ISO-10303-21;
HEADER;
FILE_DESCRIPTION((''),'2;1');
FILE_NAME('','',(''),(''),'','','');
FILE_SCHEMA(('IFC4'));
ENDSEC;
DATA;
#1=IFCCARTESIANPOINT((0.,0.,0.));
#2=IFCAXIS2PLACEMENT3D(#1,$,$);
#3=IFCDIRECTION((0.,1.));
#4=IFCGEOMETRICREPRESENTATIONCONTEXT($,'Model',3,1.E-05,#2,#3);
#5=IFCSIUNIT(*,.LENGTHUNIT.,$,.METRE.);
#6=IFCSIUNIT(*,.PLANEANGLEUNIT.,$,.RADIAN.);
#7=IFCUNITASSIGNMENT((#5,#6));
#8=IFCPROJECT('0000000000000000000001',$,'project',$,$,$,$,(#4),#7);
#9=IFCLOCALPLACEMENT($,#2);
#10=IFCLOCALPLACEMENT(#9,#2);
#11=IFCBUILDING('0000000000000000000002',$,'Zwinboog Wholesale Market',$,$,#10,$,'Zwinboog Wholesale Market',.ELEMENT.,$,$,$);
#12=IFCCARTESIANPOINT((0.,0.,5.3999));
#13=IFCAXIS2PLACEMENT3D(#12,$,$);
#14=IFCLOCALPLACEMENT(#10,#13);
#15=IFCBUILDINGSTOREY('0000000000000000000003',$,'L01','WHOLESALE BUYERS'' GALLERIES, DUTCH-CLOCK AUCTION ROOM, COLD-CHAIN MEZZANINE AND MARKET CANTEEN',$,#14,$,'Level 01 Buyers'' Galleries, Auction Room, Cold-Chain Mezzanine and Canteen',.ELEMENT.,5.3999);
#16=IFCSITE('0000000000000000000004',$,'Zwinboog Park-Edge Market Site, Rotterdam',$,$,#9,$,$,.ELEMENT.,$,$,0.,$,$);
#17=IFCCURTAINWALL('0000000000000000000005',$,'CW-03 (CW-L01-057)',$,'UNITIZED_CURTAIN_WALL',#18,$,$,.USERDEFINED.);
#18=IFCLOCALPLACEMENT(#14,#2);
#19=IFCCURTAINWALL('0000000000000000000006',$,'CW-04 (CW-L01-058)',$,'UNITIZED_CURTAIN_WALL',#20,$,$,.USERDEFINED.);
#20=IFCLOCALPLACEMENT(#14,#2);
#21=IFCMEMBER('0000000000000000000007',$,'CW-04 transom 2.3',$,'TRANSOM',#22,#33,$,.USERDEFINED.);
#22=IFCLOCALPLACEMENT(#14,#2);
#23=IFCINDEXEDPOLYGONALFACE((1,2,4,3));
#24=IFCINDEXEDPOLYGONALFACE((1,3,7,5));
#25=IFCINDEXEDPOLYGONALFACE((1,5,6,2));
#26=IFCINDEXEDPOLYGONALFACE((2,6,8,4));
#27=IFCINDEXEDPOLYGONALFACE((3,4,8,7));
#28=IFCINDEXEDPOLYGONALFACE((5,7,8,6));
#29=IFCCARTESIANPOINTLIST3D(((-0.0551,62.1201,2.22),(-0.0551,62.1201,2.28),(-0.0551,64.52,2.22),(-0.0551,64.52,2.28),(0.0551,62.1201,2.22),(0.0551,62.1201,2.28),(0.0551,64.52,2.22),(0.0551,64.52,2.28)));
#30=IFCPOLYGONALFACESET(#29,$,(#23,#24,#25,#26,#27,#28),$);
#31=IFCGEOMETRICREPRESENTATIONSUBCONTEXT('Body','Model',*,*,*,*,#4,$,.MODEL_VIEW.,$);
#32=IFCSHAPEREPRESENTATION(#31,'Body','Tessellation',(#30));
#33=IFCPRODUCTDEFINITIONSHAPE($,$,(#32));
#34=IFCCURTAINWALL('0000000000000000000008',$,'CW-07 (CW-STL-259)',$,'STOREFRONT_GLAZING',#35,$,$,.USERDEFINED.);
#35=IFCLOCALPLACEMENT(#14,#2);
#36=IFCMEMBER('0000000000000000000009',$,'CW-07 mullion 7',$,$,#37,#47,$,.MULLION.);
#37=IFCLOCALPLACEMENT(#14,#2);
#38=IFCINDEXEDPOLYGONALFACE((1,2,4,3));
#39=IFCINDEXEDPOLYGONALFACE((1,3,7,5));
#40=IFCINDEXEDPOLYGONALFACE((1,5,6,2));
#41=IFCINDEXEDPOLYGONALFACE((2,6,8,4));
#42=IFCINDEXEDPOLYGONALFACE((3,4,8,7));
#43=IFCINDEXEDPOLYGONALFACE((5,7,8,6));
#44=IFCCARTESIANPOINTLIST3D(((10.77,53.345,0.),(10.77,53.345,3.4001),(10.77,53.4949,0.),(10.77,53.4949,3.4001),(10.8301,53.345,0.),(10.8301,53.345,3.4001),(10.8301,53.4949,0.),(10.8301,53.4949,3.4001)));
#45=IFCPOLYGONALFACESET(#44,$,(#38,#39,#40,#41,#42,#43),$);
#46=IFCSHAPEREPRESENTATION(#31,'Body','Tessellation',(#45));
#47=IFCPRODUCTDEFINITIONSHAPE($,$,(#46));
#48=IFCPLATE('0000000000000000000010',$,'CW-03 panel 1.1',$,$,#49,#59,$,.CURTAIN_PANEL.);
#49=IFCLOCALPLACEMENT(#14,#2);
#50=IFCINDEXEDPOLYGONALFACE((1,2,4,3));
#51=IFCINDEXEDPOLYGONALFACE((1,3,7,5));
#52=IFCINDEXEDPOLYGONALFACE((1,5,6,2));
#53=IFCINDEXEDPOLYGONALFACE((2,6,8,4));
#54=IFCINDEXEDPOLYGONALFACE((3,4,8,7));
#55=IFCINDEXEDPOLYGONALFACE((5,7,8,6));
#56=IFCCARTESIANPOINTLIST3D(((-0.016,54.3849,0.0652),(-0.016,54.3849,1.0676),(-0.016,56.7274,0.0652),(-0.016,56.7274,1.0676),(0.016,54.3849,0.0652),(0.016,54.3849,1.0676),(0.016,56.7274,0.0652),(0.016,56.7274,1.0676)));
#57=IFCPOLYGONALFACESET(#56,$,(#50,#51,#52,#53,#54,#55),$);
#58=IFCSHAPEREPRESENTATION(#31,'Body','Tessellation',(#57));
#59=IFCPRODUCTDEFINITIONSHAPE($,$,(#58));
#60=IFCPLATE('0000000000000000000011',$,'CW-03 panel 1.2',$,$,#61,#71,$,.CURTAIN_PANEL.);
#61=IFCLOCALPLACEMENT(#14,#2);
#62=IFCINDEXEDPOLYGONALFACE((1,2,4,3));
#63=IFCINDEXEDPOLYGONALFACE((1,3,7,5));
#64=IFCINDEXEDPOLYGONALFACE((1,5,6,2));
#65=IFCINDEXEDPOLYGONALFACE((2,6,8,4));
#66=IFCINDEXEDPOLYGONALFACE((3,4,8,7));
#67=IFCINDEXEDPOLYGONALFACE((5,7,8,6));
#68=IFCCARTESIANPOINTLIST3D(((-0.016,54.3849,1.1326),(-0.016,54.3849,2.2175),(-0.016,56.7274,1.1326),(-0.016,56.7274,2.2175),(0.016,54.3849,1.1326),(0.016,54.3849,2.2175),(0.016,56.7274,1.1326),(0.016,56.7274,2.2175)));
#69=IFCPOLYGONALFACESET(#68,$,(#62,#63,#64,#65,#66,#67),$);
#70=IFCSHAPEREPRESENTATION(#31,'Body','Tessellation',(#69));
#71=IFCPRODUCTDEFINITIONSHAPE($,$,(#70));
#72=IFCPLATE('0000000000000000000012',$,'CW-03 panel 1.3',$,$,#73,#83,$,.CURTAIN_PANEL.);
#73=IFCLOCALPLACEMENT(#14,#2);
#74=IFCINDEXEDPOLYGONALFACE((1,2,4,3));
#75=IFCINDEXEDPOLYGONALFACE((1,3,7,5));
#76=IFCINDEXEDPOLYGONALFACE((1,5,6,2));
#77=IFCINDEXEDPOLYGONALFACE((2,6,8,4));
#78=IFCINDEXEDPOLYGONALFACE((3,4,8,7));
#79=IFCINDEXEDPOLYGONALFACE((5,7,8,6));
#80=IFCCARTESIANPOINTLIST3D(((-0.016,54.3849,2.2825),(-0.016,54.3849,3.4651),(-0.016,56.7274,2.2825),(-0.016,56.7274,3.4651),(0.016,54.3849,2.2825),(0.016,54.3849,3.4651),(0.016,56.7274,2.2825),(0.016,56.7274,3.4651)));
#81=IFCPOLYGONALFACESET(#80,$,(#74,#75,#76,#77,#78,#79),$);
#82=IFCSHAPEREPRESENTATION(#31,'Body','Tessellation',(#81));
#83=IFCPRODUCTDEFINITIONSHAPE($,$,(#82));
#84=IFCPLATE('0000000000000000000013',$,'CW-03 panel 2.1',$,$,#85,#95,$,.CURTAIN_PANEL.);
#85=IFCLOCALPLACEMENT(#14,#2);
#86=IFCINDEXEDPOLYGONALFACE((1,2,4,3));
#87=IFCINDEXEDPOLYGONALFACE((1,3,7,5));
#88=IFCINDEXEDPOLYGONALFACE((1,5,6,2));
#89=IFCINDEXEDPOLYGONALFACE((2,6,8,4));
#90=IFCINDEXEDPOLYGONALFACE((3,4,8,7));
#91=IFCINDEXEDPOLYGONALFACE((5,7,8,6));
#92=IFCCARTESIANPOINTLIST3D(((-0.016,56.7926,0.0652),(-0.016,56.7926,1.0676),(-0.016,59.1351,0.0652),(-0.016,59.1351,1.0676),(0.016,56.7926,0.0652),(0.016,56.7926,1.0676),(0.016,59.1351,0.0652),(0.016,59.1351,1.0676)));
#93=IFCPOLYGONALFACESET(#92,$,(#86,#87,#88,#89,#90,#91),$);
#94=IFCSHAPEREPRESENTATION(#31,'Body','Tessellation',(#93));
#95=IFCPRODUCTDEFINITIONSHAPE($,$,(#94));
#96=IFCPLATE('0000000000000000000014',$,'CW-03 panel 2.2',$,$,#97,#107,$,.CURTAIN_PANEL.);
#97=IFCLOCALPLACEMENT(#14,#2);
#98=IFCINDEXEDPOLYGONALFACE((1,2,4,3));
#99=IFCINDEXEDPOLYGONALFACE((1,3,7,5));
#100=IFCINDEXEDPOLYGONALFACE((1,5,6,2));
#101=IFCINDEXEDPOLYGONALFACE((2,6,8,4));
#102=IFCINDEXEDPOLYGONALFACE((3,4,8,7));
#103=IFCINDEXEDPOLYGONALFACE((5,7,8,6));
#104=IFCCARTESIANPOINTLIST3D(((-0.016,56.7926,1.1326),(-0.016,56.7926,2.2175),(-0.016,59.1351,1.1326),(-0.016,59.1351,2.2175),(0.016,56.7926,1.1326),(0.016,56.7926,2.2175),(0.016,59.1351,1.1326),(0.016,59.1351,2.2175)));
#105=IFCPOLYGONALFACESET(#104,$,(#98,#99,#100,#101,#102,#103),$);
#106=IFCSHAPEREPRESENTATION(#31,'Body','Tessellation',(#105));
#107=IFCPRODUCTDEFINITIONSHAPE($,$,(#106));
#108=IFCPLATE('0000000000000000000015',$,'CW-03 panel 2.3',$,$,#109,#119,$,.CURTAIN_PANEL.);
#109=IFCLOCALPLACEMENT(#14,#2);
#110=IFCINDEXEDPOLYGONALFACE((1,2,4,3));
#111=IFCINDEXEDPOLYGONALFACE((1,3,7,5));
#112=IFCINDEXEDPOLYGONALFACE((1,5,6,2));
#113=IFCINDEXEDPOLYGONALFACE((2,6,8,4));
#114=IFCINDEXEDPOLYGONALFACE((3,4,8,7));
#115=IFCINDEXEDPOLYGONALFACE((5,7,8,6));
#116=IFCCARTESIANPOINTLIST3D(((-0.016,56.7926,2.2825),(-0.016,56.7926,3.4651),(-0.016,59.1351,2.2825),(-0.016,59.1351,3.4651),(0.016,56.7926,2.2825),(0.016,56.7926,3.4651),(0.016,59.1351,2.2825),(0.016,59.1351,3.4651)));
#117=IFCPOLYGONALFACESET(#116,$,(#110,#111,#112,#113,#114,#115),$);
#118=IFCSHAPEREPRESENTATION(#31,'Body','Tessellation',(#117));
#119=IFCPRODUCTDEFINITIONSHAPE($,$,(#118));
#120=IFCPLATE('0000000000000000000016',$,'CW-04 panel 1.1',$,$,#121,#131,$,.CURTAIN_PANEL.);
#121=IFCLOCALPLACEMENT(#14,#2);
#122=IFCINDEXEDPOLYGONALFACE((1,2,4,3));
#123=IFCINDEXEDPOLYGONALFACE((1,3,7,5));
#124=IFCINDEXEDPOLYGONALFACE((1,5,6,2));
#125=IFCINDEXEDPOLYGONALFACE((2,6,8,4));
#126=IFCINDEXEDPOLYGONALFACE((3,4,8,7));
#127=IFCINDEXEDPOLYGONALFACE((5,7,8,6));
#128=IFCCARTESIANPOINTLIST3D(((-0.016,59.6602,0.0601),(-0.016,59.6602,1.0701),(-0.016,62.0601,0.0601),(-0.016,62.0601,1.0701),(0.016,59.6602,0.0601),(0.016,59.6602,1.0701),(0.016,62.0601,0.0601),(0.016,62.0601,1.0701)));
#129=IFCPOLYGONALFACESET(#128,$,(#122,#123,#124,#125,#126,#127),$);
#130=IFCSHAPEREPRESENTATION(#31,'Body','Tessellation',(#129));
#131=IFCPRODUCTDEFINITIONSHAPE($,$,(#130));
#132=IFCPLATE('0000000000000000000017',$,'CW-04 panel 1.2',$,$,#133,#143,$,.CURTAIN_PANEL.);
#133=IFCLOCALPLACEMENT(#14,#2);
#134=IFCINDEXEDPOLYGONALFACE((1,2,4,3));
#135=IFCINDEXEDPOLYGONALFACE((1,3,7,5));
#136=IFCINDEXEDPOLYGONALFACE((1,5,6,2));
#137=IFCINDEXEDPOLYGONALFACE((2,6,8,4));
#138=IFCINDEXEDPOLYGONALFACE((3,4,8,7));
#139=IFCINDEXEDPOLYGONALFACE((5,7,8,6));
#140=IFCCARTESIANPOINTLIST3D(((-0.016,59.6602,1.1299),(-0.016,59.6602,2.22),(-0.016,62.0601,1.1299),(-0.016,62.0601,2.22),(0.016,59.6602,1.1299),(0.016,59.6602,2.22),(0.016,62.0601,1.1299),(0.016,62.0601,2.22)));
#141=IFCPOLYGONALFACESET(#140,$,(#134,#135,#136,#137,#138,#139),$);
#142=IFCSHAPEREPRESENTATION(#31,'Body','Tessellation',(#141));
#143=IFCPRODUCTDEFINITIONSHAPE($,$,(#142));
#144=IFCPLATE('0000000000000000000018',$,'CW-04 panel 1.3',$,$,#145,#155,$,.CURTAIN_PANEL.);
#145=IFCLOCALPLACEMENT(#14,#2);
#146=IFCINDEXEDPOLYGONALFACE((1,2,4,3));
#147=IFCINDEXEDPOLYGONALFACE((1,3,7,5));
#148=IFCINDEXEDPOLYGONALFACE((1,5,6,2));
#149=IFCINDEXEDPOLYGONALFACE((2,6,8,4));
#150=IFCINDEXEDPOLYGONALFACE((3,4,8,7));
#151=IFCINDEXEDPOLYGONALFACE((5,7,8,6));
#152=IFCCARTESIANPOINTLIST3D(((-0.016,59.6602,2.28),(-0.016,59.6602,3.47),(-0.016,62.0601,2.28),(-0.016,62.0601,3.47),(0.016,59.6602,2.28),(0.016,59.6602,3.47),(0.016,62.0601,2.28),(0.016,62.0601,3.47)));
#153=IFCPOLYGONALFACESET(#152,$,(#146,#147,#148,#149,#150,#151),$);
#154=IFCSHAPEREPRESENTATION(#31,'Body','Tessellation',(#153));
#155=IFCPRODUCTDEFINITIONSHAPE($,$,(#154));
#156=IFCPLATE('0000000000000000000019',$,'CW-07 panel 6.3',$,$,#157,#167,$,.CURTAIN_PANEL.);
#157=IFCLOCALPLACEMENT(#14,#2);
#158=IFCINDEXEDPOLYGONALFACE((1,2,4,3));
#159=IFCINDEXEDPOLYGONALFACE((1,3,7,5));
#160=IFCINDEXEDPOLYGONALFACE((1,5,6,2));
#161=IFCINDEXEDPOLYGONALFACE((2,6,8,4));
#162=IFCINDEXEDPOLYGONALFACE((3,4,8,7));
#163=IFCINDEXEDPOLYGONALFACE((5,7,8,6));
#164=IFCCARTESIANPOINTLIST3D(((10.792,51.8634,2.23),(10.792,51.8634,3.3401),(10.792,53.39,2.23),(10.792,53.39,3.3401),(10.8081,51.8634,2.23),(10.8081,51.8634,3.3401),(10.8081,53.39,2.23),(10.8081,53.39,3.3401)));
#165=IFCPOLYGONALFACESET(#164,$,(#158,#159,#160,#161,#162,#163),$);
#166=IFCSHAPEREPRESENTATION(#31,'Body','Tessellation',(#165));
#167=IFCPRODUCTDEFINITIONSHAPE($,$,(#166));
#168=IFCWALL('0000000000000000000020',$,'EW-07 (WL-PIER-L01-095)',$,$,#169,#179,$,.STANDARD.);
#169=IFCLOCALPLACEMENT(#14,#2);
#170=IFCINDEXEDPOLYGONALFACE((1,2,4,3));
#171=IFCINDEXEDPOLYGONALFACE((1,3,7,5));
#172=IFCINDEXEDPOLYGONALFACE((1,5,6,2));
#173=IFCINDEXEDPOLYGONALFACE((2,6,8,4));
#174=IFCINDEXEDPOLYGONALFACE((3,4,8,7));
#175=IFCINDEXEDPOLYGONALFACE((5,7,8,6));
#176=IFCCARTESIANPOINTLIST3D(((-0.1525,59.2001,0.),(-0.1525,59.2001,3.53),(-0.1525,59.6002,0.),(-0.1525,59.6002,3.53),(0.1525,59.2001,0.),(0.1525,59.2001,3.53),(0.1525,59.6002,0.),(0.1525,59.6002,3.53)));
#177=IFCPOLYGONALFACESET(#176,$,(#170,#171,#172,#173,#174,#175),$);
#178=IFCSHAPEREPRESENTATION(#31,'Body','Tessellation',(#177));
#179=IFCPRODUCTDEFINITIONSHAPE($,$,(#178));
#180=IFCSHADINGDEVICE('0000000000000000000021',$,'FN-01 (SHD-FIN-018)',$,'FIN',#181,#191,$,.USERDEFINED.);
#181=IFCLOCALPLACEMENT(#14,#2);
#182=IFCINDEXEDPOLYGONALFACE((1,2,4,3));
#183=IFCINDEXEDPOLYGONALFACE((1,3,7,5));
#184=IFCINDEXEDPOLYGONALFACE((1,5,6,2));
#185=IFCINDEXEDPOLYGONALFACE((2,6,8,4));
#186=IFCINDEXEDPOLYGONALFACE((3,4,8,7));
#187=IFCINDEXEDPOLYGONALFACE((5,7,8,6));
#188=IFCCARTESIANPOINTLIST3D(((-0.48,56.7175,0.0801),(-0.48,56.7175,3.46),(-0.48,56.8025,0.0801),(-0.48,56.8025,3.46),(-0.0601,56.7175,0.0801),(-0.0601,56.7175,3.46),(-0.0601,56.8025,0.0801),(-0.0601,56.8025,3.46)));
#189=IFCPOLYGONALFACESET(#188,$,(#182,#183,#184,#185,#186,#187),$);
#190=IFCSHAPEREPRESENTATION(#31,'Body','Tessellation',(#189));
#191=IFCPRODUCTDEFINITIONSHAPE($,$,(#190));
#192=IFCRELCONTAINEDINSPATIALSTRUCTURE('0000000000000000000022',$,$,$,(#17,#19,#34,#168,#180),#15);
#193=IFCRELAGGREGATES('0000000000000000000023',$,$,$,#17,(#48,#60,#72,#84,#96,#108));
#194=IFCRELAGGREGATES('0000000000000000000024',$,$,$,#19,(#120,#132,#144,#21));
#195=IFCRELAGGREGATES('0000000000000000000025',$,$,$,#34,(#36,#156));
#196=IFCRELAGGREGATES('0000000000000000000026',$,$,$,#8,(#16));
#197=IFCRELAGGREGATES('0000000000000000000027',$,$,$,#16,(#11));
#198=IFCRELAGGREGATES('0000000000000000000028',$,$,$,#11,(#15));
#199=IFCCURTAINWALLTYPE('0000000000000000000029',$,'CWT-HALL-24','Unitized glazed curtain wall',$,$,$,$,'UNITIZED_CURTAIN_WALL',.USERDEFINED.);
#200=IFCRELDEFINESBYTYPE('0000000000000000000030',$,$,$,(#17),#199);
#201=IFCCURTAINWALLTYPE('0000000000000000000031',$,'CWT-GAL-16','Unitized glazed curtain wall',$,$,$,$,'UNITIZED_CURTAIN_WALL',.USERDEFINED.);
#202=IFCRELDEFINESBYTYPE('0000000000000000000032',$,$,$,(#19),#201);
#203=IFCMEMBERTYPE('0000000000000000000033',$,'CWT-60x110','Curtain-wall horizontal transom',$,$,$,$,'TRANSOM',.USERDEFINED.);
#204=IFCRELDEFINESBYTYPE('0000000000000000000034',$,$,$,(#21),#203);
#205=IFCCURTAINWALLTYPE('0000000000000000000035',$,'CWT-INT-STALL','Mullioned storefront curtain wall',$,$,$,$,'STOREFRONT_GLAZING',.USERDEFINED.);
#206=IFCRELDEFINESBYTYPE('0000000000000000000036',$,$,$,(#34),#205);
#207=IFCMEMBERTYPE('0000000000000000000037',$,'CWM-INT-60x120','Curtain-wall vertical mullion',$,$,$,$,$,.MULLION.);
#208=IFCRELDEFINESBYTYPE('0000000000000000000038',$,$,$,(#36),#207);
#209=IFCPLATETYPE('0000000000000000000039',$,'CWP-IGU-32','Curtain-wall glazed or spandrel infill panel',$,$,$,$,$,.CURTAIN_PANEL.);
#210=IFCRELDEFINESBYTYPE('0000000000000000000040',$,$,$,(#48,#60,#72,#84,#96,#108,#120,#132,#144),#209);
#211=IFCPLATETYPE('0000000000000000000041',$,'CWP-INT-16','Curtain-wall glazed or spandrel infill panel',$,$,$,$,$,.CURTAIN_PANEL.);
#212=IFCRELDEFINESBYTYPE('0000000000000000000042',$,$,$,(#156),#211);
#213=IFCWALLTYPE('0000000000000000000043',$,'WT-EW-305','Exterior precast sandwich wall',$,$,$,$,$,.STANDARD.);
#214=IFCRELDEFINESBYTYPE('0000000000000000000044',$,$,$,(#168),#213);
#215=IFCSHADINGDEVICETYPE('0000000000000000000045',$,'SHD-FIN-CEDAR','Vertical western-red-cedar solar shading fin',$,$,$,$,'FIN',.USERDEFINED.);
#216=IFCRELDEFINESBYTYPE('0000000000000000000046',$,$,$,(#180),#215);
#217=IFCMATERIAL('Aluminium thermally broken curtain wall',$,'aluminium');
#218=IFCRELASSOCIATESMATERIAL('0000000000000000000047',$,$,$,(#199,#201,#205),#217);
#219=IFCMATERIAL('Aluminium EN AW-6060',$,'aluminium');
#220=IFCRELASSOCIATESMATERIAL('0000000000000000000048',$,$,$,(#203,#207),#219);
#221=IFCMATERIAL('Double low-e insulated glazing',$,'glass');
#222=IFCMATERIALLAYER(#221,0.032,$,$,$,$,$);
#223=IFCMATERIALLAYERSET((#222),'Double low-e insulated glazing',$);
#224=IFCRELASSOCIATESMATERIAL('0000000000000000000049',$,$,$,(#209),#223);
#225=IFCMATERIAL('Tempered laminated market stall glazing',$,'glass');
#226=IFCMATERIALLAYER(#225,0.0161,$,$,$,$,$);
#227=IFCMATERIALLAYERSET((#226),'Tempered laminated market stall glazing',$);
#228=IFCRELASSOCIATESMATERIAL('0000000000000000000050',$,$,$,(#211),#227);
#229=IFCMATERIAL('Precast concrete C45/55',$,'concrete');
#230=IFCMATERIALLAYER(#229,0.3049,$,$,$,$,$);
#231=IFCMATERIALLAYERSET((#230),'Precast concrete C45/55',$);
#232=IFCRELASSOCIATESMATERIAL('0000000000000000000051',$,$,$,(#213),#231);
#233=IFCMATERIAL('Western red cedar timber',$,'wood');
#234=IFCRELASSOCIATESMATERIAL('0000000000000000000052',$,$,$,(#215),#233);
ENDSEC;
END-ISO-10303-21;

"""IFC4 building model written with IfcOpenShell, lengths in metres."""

from ifc_helpers import new_model, si_unit, direction, frame, frame_2d, origin, origin_2d, place, context, subcontext, project, spatial, rectangle, extrude, material, layer, layer_set, material_profile, profile_set, type_object, element, aggregate, save


model = new_model("IFC4")

# Units and contexts
model_context = context("Model", 3, precision=1e-05, world=origin(), true_north=direction((0.0, 1.0)))
body_context = subcontext(model_context, "Body", "Model", "MODEL_VIEW")
ifc_project = project(units=[si_unit("LENGTHUNIT", "METRE"), si_unit("PLANEANGLEUNIT", "RADIAN")], contexts=[model_context])

# Site, building, storey
site_placement = place(None, origin())
site = spatial("IfcSite", under=ifc_project, at=site_placement, Name="Zwinboog Park-Edge Market Site, Rotterdam", CompositionType="ELEMENT", RefElevation=0.0)
building_placement = place(site_placement, origin())
building = spatial("IfcBuilding", under=site, at=building_placement, Name="Zwinboog Wholesale Market", LongName="Zwinboog Wholesale Market", CompositionType="ELEMENT")
storey_placement = place(building_placement, frame((0.0, 0.0, 5.3999)))
storey = spatial("IfcBuildingStorey", under=building, at=storey_placement, Name="L01", Description="WHOLESALE BUYERS' GALLERIES, DUTCH-CLOCK AUCTION ROOM, COLD-CHAIN MEZZANINE AND MARKET CANTEEN", LongName="Level 01 Buyers' Galleries, Auction Room, Cold-Chain Mezzanine and Canteen", CompositionType="ELEMENT", Elevation=5.3999)

# Shared definitions
ifc_material_1 = material(Name="Precast concrete C45/55", Category="concrete")

# Curtain walls
ifc_material_2 = material(Name="Aluminium thermally broken curtain wall", Category="aluminium")
curtain_wall_type_1 = type_object("IfcCurtainWallType", Name="CWT-HALL-24", Description="Unitized glazed curtain wall", ElementType="UNITIZED_CURTAIN_WALL", PredefinedType="USERDEFINED", material=ifc_material_2)
curtain_wall_1_placement = place(storey_placement, origin())
curtain_wall_1 = element("IfcCurtainWall", 1, at=curtain_wall_1_placement, inside=storey, type_object=curtain_wall_type_1, Name="CW-03 (CW-L01-057)", ObjectType="UNITIZED_CURTAIN_WALL", PredefinedType="USERDEFINED")
ifc_material_3 = material(Name="Aluminium EN AW-6060", Category="aluminium")
curtain_wall_type_2 = type_object("IfcCurtainWallType", Name="CWT-GAL-16", Description="Unitized glazed curtain wall", ElementType="UNITIZED_CURTAIN_WALL", PredefinedType="USERDEFINED", material=ifc_material_2)
curtain_wall_2_placement = place(storey_placement, origin())
curtain_wall_2 = element("IfcCurtainWall", 2, at=curtain_wall_2_placement, inside=storey, type_object=curtain_wall_type_2, Name="CW-04 (CW-L01-058)", ObjectType="UNITIZED_CURTAIN_WALL", PredefinedType="USERDEFINED")

# Member
ifc_material_profile_1 = material_profile(ifc_material_3, rectangle(XDim=0.1101, YDim=0.0601, at=origin_2d()), Name="AL 60x110")
ifc_profile_set_1 = profile_set([ifc_material_profile_1], Name="Aluminium EN AW-6060")
member_type_1 = type_object("IfcMemberType", Name="CWT-60x110", Description="Curtain-wall horizontal transom", ElementType="TRANSOM", PredefinedType="USERDEFINED", material=ifc_profile_set_1)
member_1_placement = place(storey_placement, frame((0.0, 62.1201, 2.25), z_axis=(0.0, 1.0, 0.0), x_axis=(-1.0, 0.0, 0.0)))
member_1 = element("IfcMember", 3, at=member_1_placement, type_object=member_type_1, Name="CW-04 transom 2.3", ObjectType="TRANSOM", PredefinedType="USERDEFINED", context=body_context, shape_type="SweptSolid", body=[
    extrude(rectangle(XDim=0.1101, YDim=0.0601, at=origin_2d()), origin(), (0.0, 0.0, 1.0), 2.3999),
])

# Curtain wall, member
curtain_wall_type_3 = type_object("IfcCurtainWallType", Name="CWT-INT-STALL", Description="Mullioned storefront curtain wall", ElementType="STOREFRONT_GLAZING", PredefinedType="USERDEFINED", material=ifc_material_2)
curtain_wall_3_placement = place(storey_placement, origin())
curtain_wall_3 = element("IfcCurtainWall", 4, at=curtain_wall_3_placement, inside=storey, type_object=curtain_wall_type_3, Name="CW-07 (CW-STL-259)", ObjectType="STOREFRONT_GLAZING", PredefinedType="USERDEFINED")
ifc_material_profile_2 = material_profile(ifc_material_3, rectangle(XDim=0.0601, YDim=0.1499, at=origin_2d()), Name="AL 60x150")
ifc_profile_set_2 = profile_set([ifc_material_profile_2], Name="Aluminium EN AW-6060")
member_type_2 = type_object("IfcMemberType", Name="CWM-INT-60x120", Description="Curtain-wall vertical mullion", PredefinedType="MULLION", material=ifc_profile_set_2)
member_2_placement = place(storey_placement, frame((10.8, 53.4199, 0.0), z_axis=(0.0, 0.0, 1.0), x_axis=(-1.0, 0.0, 0.0)))
member_2 = element("IfcMember", 5, at=member_2_placement, type_object=member_type_2, Name="CW-07 mullion 7", PredefinedType="MULLION", context=body_context, shape_type="SweptSolid", body=[
    extrude(rectangle(XDim=0.0601, YDim=0.1499, at=origin_2d()), origin(), (0.0, 0.0, 1.0), 3.4001),
])

# Plates
ifc_material_4 = material(Name="Double low-e insulated glazing", Category="glass")
ifc_layer_1 = layer(ifc_material_4, 0.032)
ifc_layer_set_1 = layer_set([ifc_layer_1], Name="Double low-e insulated glazing")
plate_type_1 = type_object("IfcPlateType", Name="CWP-IGU-32", Description="Curtain-wall glazed or spandrel infill panel", PredefinedType="CURTAIN_PANEL", material=ifc_layer_set_1)
plate_1_placement = place(storey_placement, frame((0.0, 55.5562, 0.0652), z_axis=(0.0, 0.0, 1.0), x_axis=(0.0, 1.0, 0.0)))
plate_1 = element("IfcPlate", 6, at=plate_1_placement, type_object=plate_type_1, Name="CW-03 panel 1.1", PredefinedType="CURTAIN_PANEL", context=body_context, shape_type="SweptSolid", body=[
    extrude(rectangle(XDim=2.3425, YDim=0.032, at=origin_2d()), origin(), (0.0, 0.0, 1.0), 1.0024),
])
plate_2_placement = place(storey_placement, frame((0.0, 55.5562, 1.1326), z_axis=(0.0, 0.0, 1.0), x_axis=(0.0, 1.0, 0.0)))
plate_2 = element("IfcPlate", 7, at=plate_2_placement, type_object=plate_type_1, Name="CW-03 panel 1.2", PredefinedType="CURTAIN_PANEL", context=body_context, shape_type="SweptSolid", body=[
    extrude(rectangle(XDim=2.3425, YDim=0.032, at=origin_2d()), origin(), (0.0, 0.0, 1.0), 1.085),
])
plate_3_placement = place(storey_placement, frame((0.0, 55.5562, 2.2825), z_axis=(0.0, 0.0, 1.0), x_axis=(0.0, 1.0, 0.0)))
plate_3 = element("IfcPlate", 8, at=plate_3_placement, type_object=plate_type_1, Name="CW-03 panel 1.3", PredefinedType="CURTAIN_PANEL", context=body_context, shape_type="SweptSolid", body=[
    extrude(rectangle(XDim=2.3425, YDim=0.032, at=origin_2d()), origin(), (0.0, 0.0, 1.0), 1.1826),
])
plate_4_placement = place(storey_placement, frame((0.0, 57.9639, 0.0652), z_axis=(0.0, 0.0, 1.0), x_axis=(0.0, 1.0, 0.0)))
plate_4 = element("IfcPlate", 9, at=plate_4_placement, type_object=plate_type_1, Name="CW-03 panel 2.1", PredefinedType="CURTAIN_PANEL", context=body_context, shape_type="SweptSolid", body=[
    extrude(rectangle(XDim=2.3425, YDim=0.032, at=origin_2d()), origin(), (0.0, 0.0, 1.0), 1.0024),
])
plate_5_placement = place(storey_placement, frame((0.0, 57.9639, 1.1326), z_axis=(0.0, 0.0, 1.0), x_axis=(0.0, 1.0, 0.0)))
plate_5 = element("IfcPlate", 10, at=plate_5_placement, type_object=plate_type_1, Name="CW-03 panel 2.2", PredefinedType="CURTAIN_PANEL", context=body_context, shape_type="SweptSolid", body=[
    extrude(rectangle(XDim=2.3425, YDim=0.032, at=origin_2d()), origin(), (0.0, 0.0, 1.0), 1.085),
])
plate_6_placement = place(storey_placement, frame((0.0, 57.9639, 2.2825), z_axis=(0.0, 0.0, 1.0), x_axis=(0.0, 1.0, 0.0)))
plate_6 = element("IfcPlate", 11, at=plate_6_placement, type_object=plate_type_1, Name="CW-03 panel 2.3", PredefinedType="CURTAIN_PANEL", context=body_context, shape_type="SweptSolid", body=[
    extrude(rectangle(XDim=2.3425, YDim=0.032, at=origin_2d()), origin(), (0.0, 0.0, 1.0), 1.1826),
])
aggregate(curtain_wall_1, [plate_1, plate_2, plate_3, plate_4, plate_5, plate_6])
plate_7_placement = place(storey_placement, frame((0.0, 60.8601, 0.0601), z_axis=(0.0, 0.0, 1.0), x_axis=(0.0, 1.0, 0.0)))
plate_7 = element("IfcPlate", 12, at=plate_7_placement, type_object=plate_type_1, Name="CW-04 panel 1.1", PredefinedType="CURTAIN_PANEL", context=body_context, shape_type="SweptSolid", body=[
    extrude(rectangle(XDim=2.3999, YDim=0.032, at=origin_2d()), origin(), (0.0, 0.0, 1.0), 1.01),
])
plate_8_placement = place(storey_placement, frame((0.0, 60.8601, 1.1299), z_axis=(0.0, 0.0, 1.0), x_axis=(0.0, 1.0, 0.0)))
plate_8 = element("IfcPlate", 13, at=plate_8_placement, type_object=plate_type_1, Name="CW-04 panel 1.2", PredefinedType="CURTAIN_PANEL", context=body_context, shape_type="SweptSolid", body=[
    extrude(rectangle(XDim=2.3999, YDim=0.032, at=origin_2d()), origin(), (0.0, 0.0, 1.0), 1.0901),
])
plate_9_placement = place(storey_placement, frame((0.0, 60.8601, 2.28), z_axis=(0.0, 0.0, 1.0), x_axis=(0.0, 1.0, 0.0)))
plate_9 = element("IfcPlate", 14, at=plate_9_placement, type_object=plate_type_1, Name="CW-04 panel 1.3", PredefinedType="CURTAIN_PANEL", context=body_context, shape_type="SweptSolid", body=[
    extrude(rectangle(XDim=2.3999, YDim=0.032, at=origin_2d()), origin(), (0.0, 0.0, 1.0), 1.1899),
])
aggregate(curtain_wall_2, [plate_7, plate_8, plate_9, member_1])
ifc_material_5 = material(Name="Tempered laminated market stall glazing", Category="glass")
ifc_layer_2 = layer(ifc_material_5, 0.0161)
ifc_layer_set_2 = layer_set([ifc_layer_2], Name="Tempered laminated market stall glazing")
plate_type_2 = type_object("IfcPlateType", Name="CWP-INT-16", Description="Curtain-wall glazed or spandrel infill panel", PredefinedType="CURTAIN_PANEL", material=ifc_layer_set_2)
plate_10_placement = place(storey_placement, frame((10.8, 52.6267, 2.23), z_axis=(0.0, 0.0, 1.0), x_axis=(0.0, 1.0, 0.0)))
plate_10 = element("IfcPlate", 15, at=plate_10_placement, type_object=plate_type_2, Name="CW-07 panel 6.3", PredefinedType="CURTAIN_PANEL", context=body_context, shape_type="SweptSolid", body=[
    extrude(rectangle(XDim=1.5266, YDim=0.0161, at=origin_2d()), origin(), (0.0, 0.0, 1.0), 1.1101),
])
aggregate(curtain_wall_3, [member_2, plate_10])

# Wall
ifc_layer_3 = layer(ifc_material_1, 0.3049)
ifc_layer_set_3 = layer_set([ifc_layer_3], Name="Precast concrete C45/55")
wall_type = type_object("IfcWallType", Name="WT-EW-305", Description="Exterior precast sandwich wall", PredefinedType="STANDARD", material=ifc_layer_set_3)
wall_placement = place(storey_placement, frame((0.0, 59.2, 0.0), z_axis=(0.0, 0.0, 1.0), x_axis=(0.0, 1.0, 0.0)))
element("IfcWall", 16, at=wall_placement, inside=storey, type_object=wall_type, Name="EW-07 (WL-PIER-L01-095)", PredefinedType="STANDARD", context=body_context, shape_type="SweptSolid", body=[
    extrude(rectangle(XDim=0.4001, YDim=0.3049, at=frame_2d((0.2002, 0.0))), origin(), (0.0, 0.0, 1.0), 3.53),
])

# Shading device
ifc_material_6 = material(Name="Western red cedar timber", Category="wood")
shading_device_type = type_object("IfcShadingDeviceType", Name="SHD-FIN-CEDAR", Description="Vertical western-red-cedar solar shading fin", ElementType="FIN", PredefinedType="USERDEFINED", material=ifc_material_6)
shading_device_placement = place(storey_placement, frame((-0.27, 56.76, 0.0801), z_axis=(0.0, 0.0, 1.0), x_axis=(1.0, 0.0, 0.0)))
element("IfcShadingDevice", 17, at=shading_device_placement, inside=storey, type_object=shading_device_type, Name="FN-01 (SHD-FIN-018)", ObjectType="FIN", PredefinedType="USERDEFINED", context=body_context, shape_type="SweptSolid", body=[
    extrude(rectangle(XDim=0.4199, YDim=0.085, at=origin_2d()), origin(), (0.0, 0.0, 1.0), 3.3799),
])

save(model, "model.ifc")
